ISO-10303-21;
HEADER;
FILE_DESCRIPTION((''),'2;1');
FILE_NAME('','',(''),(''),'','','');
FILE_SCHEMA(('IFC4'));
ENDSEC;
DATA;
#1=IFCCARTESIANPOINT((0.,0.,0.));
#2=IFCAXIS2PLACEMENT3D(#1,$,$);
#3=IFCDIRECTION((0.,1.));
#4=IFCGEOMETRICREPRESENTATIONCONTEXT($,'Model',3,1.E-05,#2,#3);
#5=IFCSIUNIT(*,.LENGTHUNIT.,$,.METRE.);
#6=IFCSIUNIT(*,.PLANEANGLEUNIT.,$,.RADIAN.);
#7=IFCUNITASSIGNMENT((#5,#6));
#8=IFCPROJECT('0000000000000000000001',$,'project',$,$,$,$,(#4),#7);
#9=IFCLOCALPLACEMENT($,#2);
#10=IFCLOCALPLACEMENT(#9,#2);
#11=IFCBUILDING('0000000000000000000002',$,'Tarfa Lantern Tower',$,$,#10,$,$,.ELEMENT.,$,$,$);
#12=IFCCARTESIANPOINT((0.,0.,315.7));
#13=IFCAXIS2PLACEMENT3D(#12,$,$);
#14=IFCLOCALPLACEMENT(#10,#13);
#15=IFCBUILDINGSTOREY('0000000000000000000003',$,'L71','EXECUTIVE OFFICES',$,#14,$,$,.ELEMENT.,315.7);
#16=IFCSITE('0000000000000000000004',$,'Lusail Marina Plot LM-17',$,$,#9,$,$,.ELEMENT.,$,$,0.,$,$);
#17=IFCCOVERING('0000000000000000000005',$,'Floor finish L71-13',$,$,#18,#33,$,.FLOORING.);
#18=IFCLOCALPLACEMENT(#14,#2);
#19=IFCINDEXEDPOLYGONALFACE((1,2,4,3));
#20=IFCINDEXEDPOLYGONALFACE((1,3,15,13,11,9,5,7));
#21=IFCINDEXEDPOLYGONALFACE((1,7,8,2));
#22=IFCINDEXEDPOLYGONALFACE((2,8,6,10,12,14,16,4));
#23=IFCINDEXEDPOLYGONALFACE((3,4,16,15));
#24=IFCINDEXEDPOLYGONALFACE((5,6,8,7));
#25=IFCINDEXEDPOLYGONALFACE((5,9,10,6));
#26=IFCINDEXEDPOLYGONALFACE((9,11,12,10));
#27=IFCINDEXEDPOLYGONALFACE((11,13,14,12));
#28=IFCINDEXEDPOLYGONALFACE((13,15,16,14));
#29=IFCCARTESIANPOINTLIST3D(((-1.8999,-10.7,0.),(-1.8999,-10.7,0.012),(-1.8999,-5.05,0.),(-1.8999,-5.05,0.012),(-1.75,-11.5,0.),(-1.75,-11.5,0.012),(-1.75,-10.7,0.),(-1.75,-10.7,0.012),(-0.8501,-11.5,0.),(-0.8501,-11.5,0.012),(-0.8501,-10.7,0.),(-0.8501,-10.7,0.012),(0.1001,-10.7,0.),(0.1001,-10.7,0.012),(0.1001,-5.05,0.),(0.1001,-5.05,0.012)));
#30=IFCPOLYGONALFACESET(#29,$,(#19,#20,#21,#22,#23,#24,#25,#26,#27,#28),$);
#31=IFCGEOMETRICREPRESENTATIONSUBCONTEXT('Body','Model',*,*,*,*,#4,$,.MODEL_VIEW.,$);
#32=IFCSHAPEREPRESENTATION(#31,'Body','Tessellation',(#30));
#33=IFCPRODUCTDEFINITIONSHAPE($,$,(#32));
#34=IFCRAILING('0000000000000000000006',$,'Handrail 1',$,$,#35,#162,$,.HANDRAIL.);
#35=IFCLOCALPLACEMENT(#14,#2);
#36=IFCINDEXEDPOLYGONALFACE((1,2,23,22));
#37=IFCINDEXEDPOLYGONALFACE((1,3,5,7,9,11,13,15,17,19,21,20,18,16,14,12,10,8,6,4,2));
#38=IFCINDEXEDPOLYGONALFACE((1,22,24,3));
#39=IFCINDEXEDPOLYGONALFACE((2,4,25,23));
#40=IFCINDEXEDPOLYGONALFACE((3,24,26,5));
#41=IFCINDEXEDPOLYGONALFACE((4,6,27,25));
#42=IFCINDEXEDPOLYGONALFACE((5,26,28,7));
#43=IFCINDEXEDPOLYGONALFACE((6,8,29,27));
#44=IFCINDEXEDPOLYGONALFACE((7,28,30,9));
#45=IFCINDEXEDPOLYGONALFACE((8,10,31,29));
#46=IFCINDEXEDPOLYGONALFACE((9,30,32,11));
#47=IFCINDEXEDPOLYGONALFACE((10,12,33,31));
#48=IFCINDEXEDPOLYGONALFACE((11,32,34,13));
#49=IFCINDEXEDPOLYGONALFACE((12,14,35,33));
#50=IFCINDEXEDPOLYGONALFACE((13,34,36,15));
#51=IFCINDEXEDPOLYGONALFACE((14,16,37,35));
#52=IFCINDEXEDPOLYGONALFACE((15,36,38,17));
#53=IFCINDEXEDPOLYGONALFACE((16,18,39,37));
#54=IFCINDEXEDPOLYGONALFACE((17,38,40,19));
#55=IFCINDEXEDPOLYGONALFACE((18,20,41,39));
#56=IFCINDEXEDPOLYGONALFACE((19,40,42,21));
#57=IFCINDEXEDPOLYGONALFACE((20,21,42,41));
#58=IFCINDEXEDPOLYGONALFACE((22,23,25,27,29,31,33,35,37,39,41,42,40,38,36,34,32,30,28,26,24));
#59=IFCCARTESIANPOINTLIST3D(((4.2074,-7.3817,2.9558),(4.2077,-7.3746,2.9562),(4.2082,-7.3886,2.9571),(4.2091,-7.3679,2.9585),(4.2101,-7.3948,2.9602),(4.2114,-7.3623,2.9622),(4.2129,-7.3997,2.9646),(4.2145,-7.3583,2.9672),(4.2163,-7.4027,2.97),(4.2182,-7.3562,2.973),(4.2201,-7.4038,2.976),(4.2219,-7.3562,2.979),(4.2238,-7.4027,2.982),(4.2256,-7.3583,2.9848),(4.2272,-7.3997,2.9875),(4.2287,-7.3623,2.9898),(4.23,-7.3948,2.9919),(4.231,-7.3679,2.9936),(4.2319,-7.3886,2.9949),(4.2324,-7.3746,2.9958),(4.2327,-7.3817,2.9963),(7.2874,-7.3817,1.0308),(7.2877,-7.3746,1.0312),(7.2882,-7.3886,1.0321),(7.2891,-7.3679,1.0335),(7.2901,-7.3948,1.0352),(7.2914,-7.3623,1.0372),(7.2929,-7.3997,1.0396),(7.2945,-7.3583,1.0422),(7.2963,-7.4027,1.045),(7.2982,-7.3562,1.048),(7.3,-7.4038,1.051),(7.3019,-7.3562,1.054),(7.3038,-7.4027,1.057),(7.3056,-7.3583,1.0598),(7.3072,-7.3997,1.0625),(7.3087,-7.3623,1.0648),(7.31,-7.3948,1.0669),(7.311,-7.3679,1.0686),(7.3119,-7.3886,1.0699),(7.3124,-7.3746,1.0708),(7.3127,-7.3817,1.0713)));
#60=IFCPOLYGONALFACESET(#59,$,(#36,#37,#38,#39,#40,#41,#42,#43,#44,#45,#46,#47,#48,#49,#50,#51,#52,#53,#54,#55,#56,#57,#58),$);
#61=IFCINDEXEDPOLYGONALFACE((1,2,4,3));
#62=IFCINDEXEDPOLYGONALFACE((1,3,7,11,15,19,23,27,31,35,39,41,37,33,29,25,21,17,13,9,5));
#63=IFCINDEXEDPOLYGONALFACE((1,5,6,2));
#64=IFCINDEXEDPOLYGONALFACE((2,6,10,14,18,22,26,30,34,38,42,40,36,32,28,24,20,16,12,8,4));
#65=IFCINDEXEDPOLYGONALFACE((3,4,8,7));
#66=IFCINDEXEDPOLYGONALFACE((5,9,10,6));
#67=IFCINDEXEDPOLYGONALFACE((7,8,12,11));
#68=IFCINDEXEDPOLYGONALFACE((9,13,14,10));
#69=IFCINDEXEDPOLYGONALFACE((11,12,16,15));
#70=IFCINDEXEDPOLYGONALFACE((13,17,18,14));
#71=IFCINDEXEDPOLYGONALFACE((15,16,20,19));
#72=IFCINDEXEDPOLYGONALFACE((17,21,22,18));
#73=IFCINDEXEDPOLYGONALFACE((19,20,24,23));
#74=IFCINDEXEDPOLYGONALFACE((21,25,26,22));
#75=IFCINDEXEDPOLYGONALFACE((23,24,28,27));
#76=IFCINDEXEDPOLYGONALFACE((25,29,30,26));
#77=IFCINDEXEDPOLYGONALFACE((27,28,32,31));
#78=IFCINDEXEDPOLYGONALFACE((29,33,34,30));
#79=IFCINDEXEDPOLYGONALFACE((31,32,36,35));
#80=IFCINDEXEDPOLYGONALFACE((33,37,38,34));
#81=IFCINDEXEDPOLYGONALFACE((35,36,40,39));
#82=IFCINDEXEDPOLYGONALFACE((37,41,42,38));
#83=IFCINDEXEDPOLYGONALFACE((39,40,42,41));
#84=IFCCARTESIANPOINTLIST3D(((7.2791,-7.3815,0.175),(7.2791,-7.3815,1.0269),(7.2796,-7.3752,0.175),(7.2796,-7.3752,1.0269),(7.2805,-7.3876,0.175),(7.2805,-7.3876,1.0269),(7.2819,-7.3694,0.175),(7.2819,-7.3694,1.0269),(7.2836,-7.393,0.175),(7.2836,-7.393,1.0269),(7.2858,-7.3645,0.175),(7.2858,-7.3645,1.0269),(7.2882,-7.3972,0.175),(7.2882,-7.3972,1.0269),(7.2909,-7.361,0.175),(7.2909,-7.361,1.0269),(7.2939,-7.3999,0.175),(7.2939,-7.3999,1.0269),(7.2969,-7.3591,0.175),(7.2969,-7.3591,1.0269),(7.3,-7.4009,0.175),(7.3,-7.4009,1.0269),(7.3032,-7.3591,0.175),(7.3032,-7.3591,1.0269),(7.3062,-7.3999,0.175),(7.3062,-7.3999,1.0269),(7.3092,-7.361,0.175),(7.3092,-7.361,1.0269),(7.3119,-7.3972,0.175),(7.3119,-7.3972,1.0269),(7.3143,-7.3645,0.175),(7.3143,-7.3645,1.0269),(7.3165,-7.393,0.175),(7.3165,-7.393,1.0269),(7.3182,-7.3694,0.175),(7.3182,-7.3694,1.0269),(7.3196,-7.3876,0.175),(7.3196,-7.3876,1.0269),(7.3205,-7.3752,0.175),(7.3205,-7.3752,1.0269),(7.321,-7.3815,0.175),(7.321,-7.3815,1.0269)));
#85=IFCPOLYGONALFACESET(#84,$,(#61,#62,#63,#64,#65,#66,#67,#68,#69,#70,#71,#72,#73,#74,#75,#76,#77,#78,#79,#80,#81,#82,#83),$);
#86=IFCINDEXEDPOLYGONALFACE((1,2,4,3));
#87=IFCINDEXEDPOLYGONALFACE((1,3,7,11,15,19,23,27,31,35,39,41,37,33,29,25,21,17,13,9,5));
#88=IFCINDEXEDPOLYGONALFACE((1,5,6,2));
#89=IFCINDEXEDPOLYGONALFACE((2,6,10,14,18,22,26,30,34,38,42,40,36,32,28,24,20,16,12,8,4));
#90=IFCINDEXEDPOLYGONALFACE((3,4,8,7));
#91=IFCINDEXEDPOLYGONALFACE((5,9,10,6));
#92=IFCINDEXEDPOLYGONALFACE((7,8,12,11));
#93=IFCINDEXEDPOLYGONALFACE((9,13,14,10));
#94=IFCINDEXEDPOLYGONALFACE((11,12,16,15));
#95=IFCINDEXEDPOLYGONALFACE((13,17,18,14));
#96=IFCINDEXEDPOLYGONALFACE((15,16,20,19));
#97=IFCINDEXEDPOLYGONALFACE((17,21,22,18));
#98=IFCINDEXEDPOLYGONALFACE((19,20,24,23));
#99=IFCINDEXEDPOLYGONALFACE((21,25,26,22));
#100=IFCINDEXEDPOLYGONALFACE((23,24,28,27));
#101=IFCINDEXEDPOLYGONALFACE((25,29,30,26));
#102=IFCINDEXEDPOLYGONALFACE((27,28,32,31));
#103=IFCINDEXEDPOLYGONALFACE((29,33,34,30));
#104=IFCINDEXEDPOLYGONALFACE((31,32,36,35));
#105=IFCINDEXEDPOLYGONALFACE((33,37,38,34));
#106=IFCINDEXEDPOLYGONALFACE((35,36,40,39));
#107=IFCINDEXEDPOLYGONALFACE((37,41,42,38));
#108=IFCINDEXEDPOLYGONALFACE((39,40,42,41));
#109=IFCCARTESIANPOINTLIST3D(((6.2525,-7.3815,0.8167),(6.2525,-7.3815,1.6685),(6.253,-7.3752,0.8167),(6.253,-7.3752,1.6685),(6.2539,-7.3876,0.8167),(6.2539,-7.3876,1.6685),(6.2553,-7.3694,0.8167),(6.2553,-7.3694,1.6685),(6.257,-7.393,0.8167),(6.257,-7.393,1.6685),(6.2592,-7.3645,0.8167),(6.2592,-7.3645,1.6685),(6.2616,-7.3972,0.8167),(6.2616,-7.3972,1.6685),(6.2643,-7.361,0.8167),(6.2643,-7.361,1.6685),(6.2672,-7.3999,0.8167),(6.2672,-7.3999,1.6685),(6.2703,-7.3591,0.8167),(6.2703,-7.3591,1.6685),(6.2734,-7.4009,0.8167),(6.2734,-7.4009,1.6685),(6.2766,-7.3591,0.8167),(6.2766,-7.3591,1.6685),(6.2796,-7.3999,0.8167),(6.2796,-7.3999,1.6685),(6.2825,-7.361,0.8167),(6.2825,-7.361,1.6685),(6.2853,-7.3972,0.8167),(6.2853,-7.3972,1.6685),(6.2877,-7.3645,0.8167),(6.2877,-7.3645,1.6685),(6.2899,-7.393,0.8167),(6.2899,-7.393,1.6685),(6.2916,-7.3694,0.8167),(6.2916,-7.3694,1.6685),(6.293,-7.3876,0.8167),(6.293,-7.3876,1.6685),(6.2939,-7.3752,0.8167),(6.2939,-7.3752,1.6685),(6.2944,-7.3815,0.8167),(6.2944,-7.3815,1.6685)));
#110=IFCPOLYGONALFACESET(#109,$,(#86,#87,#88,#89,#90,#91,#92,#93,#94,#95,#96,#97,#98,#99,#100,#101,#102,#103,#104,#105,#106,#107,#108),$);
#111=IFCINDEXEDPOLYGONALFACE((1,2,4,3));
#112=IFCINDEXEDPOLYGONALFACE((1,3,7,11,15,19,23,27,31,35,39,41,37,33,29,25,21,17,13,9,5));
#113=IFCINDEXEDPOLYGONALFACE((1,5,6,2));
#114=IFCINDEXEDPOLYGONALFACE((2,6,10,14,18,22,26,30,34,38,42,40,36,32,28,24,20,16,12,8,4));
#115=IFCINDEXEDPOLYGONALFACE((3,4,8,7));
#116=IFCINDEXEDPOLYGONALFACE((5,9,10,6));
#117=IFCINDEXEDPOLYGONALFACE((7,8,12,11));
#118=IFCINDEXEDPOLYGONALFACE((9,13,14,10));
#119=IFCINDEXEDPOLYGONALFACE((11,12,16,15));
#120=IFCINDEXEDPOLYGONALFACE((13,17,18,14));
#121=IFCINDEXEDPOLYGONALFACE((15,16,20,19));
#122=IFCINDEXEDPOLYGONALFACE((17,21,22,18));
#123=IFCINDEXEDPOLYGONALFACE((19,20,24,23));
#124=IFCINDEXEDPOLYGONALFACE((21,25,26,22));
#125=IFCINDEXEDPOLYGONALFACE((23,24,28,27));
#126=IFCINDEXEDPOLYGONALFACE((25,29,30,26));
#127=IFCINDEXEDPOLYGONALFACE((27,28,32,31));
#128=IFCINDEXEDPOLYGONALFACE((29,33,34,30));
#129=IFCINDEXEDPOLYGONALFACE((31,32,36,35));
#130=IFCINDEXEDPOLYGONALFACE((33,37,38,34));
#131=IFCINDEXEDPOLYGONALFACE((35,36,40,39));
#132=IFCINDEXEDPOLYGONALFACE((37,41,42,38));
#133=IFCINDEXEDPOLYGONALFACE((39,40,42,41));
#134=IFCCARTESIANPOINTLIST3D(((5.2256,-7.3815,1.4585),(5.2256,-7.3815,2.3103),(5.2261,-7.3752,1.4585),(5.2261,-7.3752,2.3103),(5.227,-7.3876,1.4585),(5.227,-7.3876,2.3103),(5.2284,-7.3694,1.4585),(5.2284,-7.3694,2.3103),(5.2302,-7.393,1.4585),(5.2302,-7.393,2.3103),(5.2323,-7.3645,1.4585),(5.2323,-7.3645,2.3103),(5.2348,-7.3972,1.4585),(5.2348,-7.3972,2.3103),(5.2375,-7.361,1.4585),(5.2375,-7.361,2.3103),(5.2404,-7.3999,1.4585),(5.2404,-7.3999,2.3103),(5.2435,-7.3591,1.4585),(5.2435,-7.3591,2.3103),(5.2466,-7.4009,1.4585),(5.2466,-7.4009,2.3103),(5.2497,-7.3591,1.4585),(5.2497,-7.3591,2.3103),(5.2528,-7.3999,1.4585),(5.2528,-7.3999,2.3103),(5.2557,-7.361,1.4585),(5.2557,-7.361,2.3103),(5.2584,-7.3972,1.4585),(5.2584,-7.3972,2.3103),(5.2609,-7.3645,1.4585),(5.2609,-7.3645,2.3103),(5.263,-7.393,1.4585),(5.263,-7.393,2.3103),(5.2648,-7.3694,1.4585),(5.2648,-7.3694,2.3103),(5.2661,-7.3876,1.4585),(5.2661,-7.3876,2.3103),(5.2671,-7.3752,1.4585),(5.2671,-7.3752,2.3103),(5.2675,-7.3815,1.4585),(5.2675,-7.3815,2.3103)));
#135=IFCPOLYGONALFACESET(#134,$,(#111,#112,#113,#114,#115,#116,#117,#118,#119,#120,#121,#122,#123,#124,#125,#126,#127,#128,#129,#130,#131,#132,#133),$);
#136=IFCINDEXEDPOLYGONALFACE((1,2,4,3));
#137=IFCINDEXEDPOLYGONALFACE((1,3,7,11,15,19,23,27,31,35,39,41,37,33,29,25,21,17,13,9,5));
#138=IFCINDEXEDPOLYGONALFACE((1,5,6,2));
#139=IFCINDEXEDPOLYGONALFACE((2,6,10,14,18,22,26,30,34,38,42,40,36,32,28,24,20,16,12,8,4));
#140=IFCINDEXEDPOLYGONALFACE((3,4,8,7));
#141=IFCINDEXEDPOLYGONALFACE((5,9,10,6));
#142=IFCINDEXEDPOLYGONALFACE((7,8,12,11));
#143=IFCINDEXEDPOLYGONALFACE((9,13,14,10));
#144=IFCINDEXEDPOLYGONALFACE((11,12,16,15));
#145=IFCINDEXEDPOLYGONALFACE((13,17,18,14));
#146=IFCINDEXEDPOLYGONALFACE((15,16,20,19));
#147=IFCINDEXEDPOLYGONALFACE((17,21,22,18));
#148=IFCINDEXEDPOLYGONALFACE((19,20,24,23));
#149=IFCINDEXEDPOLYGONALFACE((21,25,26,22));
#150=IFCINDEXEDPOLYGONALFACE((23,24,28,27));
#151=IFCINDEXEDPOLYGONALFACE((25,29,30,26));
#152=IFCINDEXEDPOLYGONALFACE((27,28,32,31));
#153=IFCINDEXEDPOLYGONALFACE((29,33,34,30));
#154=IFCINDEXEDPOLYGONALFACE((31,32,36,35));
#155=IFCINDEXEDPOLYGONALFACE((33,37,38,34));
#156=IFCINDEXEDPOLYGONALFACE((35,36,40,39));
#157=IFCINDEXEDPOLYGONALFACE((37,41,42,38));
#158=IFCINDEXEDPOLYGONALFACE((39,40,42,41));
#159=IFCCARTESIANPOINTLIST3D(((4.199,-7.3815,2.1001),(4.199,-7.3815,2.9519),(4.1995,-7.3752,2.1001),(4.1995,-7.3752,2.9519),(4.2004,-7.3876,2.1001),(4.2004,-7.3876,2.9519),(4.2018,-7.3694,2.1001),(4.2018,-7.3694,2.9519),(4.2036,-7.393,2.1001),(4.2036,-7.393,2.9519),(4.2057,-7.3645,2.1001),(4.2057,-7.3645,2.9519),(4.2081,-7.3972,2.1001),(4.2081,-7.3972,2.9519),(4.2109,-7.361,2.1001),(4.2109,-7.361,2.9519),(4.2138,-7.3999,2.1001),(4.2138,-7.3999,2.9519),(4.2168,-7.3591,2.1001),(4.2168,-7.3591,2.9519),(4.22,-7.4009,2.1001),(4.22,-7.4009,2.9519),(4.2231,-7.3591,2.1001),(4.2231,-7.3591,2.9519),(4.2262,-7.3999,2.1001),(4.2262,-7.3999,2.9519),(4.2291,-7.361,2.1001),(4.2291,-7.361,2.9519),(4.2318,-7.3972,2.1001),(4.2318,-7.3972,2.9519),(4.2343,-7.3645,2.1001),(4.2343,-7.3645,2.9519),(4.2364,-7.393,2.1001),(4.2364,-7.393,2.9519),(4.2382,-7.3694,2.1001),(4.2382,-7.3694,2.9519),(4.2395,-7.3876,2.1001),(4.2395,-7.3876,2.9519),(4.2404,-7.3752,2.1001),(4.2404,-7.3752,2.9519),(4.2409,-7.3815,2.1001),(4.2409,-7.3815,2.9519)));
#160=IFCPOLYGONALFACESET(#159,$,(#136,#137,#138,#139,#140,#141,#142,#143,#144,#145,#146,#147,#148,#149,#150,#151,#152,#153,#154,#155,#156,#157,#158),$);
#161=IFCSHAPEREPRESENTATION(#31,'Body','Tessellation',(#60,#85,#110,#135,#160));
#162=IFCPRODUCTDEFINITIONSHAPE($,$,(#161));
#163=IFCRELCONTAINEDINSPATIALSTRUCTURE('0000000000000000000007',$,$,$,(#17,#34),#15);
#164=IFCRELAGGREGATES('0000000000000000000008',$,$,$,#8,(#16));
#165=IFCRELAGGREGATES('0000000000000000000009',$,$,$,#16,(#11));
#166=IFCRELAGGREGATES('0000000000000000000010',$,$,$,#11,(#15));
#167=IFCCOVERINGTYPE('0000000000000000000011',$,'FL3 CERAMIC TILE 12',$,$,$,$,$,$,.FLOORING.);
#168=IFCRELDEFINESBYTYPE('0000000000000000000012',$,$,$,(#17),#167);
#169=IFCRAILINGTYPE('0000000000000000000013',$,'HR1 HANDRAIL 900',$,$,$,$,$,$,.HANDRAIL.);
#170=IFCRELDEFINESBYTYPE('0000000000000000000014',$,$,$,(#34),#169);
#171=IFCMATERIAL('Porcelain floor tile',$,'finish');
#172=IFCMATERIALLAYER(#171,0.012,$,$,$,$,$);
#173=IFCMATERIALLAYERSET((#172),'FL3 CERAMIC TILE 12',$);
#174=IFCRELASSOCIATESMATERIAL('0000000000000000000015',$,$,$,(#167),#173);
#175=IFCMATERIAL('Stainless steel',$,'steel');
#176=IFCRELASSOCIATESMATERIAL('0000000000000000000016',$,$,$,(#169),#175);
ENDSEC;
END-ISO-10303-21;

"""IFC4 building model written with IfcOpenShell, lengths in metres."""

from ifc_helpers import new_model, si_unit, direction, frame, origin, origin_2d, place, context, subcontext, project, spatial, polyline, circle, outline, extrude, material, layer, layer_set, type_object, element, save


model = new_model("IFC4")

# Units and contexts
model_context = context("Model", 3, precision=1e-05, world=origin(), true_north=direction((0.0, 1.0)))
body_context = subcontext(model_context, "Body", "Model", "MODEL_VIEW")
ifc_project = project(units=[si_unit("LENGTHUNIT", "METRE"), si_unit("PLANEANGLEUNIT", "RADIAN")], contexts=[model_context])

# Site, building, storey
site_placement = place(None, origin())
site = spatial("IfcSite", under=ifc_project, at=site_placement, Name="Lusail Marina Plot LM-17", CompositionType="ELEMENT", RefElevation=0.0)
building_placement = place(site_placement, origin())
building = spatial("IfcBuilding", under=site, at=building_placement, Name="Tarfa Lantern Tower", CompositionType="ELEMENT")
storey_placement = place(building_placement, frame((0.0, 0.0, 315.7)))
storey = spatial("IfcBuildingStorey", under=building, at=storey_placement, Name="L71", Description="EXECUTIVE OFFICES", CompositionType="ELEMENT", Elevation=315.7)

# Covering
ifc_material_1 = material(Name="Porcelain floor tile", Category="finish")
ifc_layer_1 = layer(ifc_material_1, 0.012)
ifc_layer_set_1 = layer_set([ifc_layer_1], Name="FL3 CERAMIC TILE 12")
covering_type_1 = type_object("IfcCoveringType", Name="FL3 CERAMIC TILE 12", PredefinedType="FLOORING", material=ifc_layer_set_1)
covering_1_placement = place(storey_placement, origin())
element("IfcCovering", 1, at=covering_1_placement, inside=storey, type_object=covering_type_1, Name="Floor finish L71-13", PredefinedType="FLOORING", context=body_context, shape_type="SweptSolid", body=[
    extrude(outline(polyline([(-0.8501, -10.7), (0.1001, -10.7), (0.1001, -5.05), (-1.8999, -5.05), (-1.8999, -10.7), (-1.75, -10.7), (-1.75, -11.5), (-1.75, -11.5), (-0.8501, -11.5), (-0.8501, -10.7)])), origin(), (0.0, 0.0, 1.0), 0.012),
])

# Railing
ifc_material_2 = material(Name="Stainless steel", Category="steel")
railing_type = type_object("IfcRailingType", Name="HR1 HANDRAIL 900", PredefinedType="HANDRAIL", material=ifc_material_2)
railing_placement = place(storey_placement, frame((7.3, -7.3799, 0.175)))
element("IfcRailing", 2, at=railing_placement, inside=storey, type_object=railing_type, Name="Handrail 1", PredefinedType="HANDRAIL", context=body_context, shape_type="SweptSolid", body=[
    extrude(circle(Radius=0.0239, at=origin_2d()), frame((0.0, 0.0, 0.876), z_axis=(-0.847998, 0.0, 0.529999), x_axis=(0.0, -1.0, 0.0)), (0.0, 0.0, 1.0), 3.6321),
    extrude(circle(Radius=0.021, at=origin_2d()), frame((0.0, 0.0, 0.0), z_axis=(0.0, 0.0, 1.0), x_axis=(0.0, -1.0, 0.0)), (0.0, 0.0, 1.0), 0.8518),
    extrude(circle(Radius=0.021, at=origin_2d()), frame((-1.0266, 0.0, 0.6416), z_axis=(0.0, 0.0, 1.0), x_axis=(0.0, -1.0, 0.0)), (0.0, 0.0, 1.0), 0.8518),
    extrude(circle(Radius=0.021, at=origin_2d()), frame((-2.0535, 0.0, 1.2834), z_axis=(0.0, 0.0, 1.0), x_axis=(0.0, -1.0, 0.0)), (0.0, 0.0, 1.0), 0.8518),
    extrude(circle(Radius=0.021, at=origin_2d()), frame((-3.0801, 0.0, 1.925), z_axis=(0.0, 0.0, 1.0), x_axis=(0.0, -1.0, 0.0)), (0.0, 0.0, 1.0), 0.8518),
])

save(model, "model.ifc")
